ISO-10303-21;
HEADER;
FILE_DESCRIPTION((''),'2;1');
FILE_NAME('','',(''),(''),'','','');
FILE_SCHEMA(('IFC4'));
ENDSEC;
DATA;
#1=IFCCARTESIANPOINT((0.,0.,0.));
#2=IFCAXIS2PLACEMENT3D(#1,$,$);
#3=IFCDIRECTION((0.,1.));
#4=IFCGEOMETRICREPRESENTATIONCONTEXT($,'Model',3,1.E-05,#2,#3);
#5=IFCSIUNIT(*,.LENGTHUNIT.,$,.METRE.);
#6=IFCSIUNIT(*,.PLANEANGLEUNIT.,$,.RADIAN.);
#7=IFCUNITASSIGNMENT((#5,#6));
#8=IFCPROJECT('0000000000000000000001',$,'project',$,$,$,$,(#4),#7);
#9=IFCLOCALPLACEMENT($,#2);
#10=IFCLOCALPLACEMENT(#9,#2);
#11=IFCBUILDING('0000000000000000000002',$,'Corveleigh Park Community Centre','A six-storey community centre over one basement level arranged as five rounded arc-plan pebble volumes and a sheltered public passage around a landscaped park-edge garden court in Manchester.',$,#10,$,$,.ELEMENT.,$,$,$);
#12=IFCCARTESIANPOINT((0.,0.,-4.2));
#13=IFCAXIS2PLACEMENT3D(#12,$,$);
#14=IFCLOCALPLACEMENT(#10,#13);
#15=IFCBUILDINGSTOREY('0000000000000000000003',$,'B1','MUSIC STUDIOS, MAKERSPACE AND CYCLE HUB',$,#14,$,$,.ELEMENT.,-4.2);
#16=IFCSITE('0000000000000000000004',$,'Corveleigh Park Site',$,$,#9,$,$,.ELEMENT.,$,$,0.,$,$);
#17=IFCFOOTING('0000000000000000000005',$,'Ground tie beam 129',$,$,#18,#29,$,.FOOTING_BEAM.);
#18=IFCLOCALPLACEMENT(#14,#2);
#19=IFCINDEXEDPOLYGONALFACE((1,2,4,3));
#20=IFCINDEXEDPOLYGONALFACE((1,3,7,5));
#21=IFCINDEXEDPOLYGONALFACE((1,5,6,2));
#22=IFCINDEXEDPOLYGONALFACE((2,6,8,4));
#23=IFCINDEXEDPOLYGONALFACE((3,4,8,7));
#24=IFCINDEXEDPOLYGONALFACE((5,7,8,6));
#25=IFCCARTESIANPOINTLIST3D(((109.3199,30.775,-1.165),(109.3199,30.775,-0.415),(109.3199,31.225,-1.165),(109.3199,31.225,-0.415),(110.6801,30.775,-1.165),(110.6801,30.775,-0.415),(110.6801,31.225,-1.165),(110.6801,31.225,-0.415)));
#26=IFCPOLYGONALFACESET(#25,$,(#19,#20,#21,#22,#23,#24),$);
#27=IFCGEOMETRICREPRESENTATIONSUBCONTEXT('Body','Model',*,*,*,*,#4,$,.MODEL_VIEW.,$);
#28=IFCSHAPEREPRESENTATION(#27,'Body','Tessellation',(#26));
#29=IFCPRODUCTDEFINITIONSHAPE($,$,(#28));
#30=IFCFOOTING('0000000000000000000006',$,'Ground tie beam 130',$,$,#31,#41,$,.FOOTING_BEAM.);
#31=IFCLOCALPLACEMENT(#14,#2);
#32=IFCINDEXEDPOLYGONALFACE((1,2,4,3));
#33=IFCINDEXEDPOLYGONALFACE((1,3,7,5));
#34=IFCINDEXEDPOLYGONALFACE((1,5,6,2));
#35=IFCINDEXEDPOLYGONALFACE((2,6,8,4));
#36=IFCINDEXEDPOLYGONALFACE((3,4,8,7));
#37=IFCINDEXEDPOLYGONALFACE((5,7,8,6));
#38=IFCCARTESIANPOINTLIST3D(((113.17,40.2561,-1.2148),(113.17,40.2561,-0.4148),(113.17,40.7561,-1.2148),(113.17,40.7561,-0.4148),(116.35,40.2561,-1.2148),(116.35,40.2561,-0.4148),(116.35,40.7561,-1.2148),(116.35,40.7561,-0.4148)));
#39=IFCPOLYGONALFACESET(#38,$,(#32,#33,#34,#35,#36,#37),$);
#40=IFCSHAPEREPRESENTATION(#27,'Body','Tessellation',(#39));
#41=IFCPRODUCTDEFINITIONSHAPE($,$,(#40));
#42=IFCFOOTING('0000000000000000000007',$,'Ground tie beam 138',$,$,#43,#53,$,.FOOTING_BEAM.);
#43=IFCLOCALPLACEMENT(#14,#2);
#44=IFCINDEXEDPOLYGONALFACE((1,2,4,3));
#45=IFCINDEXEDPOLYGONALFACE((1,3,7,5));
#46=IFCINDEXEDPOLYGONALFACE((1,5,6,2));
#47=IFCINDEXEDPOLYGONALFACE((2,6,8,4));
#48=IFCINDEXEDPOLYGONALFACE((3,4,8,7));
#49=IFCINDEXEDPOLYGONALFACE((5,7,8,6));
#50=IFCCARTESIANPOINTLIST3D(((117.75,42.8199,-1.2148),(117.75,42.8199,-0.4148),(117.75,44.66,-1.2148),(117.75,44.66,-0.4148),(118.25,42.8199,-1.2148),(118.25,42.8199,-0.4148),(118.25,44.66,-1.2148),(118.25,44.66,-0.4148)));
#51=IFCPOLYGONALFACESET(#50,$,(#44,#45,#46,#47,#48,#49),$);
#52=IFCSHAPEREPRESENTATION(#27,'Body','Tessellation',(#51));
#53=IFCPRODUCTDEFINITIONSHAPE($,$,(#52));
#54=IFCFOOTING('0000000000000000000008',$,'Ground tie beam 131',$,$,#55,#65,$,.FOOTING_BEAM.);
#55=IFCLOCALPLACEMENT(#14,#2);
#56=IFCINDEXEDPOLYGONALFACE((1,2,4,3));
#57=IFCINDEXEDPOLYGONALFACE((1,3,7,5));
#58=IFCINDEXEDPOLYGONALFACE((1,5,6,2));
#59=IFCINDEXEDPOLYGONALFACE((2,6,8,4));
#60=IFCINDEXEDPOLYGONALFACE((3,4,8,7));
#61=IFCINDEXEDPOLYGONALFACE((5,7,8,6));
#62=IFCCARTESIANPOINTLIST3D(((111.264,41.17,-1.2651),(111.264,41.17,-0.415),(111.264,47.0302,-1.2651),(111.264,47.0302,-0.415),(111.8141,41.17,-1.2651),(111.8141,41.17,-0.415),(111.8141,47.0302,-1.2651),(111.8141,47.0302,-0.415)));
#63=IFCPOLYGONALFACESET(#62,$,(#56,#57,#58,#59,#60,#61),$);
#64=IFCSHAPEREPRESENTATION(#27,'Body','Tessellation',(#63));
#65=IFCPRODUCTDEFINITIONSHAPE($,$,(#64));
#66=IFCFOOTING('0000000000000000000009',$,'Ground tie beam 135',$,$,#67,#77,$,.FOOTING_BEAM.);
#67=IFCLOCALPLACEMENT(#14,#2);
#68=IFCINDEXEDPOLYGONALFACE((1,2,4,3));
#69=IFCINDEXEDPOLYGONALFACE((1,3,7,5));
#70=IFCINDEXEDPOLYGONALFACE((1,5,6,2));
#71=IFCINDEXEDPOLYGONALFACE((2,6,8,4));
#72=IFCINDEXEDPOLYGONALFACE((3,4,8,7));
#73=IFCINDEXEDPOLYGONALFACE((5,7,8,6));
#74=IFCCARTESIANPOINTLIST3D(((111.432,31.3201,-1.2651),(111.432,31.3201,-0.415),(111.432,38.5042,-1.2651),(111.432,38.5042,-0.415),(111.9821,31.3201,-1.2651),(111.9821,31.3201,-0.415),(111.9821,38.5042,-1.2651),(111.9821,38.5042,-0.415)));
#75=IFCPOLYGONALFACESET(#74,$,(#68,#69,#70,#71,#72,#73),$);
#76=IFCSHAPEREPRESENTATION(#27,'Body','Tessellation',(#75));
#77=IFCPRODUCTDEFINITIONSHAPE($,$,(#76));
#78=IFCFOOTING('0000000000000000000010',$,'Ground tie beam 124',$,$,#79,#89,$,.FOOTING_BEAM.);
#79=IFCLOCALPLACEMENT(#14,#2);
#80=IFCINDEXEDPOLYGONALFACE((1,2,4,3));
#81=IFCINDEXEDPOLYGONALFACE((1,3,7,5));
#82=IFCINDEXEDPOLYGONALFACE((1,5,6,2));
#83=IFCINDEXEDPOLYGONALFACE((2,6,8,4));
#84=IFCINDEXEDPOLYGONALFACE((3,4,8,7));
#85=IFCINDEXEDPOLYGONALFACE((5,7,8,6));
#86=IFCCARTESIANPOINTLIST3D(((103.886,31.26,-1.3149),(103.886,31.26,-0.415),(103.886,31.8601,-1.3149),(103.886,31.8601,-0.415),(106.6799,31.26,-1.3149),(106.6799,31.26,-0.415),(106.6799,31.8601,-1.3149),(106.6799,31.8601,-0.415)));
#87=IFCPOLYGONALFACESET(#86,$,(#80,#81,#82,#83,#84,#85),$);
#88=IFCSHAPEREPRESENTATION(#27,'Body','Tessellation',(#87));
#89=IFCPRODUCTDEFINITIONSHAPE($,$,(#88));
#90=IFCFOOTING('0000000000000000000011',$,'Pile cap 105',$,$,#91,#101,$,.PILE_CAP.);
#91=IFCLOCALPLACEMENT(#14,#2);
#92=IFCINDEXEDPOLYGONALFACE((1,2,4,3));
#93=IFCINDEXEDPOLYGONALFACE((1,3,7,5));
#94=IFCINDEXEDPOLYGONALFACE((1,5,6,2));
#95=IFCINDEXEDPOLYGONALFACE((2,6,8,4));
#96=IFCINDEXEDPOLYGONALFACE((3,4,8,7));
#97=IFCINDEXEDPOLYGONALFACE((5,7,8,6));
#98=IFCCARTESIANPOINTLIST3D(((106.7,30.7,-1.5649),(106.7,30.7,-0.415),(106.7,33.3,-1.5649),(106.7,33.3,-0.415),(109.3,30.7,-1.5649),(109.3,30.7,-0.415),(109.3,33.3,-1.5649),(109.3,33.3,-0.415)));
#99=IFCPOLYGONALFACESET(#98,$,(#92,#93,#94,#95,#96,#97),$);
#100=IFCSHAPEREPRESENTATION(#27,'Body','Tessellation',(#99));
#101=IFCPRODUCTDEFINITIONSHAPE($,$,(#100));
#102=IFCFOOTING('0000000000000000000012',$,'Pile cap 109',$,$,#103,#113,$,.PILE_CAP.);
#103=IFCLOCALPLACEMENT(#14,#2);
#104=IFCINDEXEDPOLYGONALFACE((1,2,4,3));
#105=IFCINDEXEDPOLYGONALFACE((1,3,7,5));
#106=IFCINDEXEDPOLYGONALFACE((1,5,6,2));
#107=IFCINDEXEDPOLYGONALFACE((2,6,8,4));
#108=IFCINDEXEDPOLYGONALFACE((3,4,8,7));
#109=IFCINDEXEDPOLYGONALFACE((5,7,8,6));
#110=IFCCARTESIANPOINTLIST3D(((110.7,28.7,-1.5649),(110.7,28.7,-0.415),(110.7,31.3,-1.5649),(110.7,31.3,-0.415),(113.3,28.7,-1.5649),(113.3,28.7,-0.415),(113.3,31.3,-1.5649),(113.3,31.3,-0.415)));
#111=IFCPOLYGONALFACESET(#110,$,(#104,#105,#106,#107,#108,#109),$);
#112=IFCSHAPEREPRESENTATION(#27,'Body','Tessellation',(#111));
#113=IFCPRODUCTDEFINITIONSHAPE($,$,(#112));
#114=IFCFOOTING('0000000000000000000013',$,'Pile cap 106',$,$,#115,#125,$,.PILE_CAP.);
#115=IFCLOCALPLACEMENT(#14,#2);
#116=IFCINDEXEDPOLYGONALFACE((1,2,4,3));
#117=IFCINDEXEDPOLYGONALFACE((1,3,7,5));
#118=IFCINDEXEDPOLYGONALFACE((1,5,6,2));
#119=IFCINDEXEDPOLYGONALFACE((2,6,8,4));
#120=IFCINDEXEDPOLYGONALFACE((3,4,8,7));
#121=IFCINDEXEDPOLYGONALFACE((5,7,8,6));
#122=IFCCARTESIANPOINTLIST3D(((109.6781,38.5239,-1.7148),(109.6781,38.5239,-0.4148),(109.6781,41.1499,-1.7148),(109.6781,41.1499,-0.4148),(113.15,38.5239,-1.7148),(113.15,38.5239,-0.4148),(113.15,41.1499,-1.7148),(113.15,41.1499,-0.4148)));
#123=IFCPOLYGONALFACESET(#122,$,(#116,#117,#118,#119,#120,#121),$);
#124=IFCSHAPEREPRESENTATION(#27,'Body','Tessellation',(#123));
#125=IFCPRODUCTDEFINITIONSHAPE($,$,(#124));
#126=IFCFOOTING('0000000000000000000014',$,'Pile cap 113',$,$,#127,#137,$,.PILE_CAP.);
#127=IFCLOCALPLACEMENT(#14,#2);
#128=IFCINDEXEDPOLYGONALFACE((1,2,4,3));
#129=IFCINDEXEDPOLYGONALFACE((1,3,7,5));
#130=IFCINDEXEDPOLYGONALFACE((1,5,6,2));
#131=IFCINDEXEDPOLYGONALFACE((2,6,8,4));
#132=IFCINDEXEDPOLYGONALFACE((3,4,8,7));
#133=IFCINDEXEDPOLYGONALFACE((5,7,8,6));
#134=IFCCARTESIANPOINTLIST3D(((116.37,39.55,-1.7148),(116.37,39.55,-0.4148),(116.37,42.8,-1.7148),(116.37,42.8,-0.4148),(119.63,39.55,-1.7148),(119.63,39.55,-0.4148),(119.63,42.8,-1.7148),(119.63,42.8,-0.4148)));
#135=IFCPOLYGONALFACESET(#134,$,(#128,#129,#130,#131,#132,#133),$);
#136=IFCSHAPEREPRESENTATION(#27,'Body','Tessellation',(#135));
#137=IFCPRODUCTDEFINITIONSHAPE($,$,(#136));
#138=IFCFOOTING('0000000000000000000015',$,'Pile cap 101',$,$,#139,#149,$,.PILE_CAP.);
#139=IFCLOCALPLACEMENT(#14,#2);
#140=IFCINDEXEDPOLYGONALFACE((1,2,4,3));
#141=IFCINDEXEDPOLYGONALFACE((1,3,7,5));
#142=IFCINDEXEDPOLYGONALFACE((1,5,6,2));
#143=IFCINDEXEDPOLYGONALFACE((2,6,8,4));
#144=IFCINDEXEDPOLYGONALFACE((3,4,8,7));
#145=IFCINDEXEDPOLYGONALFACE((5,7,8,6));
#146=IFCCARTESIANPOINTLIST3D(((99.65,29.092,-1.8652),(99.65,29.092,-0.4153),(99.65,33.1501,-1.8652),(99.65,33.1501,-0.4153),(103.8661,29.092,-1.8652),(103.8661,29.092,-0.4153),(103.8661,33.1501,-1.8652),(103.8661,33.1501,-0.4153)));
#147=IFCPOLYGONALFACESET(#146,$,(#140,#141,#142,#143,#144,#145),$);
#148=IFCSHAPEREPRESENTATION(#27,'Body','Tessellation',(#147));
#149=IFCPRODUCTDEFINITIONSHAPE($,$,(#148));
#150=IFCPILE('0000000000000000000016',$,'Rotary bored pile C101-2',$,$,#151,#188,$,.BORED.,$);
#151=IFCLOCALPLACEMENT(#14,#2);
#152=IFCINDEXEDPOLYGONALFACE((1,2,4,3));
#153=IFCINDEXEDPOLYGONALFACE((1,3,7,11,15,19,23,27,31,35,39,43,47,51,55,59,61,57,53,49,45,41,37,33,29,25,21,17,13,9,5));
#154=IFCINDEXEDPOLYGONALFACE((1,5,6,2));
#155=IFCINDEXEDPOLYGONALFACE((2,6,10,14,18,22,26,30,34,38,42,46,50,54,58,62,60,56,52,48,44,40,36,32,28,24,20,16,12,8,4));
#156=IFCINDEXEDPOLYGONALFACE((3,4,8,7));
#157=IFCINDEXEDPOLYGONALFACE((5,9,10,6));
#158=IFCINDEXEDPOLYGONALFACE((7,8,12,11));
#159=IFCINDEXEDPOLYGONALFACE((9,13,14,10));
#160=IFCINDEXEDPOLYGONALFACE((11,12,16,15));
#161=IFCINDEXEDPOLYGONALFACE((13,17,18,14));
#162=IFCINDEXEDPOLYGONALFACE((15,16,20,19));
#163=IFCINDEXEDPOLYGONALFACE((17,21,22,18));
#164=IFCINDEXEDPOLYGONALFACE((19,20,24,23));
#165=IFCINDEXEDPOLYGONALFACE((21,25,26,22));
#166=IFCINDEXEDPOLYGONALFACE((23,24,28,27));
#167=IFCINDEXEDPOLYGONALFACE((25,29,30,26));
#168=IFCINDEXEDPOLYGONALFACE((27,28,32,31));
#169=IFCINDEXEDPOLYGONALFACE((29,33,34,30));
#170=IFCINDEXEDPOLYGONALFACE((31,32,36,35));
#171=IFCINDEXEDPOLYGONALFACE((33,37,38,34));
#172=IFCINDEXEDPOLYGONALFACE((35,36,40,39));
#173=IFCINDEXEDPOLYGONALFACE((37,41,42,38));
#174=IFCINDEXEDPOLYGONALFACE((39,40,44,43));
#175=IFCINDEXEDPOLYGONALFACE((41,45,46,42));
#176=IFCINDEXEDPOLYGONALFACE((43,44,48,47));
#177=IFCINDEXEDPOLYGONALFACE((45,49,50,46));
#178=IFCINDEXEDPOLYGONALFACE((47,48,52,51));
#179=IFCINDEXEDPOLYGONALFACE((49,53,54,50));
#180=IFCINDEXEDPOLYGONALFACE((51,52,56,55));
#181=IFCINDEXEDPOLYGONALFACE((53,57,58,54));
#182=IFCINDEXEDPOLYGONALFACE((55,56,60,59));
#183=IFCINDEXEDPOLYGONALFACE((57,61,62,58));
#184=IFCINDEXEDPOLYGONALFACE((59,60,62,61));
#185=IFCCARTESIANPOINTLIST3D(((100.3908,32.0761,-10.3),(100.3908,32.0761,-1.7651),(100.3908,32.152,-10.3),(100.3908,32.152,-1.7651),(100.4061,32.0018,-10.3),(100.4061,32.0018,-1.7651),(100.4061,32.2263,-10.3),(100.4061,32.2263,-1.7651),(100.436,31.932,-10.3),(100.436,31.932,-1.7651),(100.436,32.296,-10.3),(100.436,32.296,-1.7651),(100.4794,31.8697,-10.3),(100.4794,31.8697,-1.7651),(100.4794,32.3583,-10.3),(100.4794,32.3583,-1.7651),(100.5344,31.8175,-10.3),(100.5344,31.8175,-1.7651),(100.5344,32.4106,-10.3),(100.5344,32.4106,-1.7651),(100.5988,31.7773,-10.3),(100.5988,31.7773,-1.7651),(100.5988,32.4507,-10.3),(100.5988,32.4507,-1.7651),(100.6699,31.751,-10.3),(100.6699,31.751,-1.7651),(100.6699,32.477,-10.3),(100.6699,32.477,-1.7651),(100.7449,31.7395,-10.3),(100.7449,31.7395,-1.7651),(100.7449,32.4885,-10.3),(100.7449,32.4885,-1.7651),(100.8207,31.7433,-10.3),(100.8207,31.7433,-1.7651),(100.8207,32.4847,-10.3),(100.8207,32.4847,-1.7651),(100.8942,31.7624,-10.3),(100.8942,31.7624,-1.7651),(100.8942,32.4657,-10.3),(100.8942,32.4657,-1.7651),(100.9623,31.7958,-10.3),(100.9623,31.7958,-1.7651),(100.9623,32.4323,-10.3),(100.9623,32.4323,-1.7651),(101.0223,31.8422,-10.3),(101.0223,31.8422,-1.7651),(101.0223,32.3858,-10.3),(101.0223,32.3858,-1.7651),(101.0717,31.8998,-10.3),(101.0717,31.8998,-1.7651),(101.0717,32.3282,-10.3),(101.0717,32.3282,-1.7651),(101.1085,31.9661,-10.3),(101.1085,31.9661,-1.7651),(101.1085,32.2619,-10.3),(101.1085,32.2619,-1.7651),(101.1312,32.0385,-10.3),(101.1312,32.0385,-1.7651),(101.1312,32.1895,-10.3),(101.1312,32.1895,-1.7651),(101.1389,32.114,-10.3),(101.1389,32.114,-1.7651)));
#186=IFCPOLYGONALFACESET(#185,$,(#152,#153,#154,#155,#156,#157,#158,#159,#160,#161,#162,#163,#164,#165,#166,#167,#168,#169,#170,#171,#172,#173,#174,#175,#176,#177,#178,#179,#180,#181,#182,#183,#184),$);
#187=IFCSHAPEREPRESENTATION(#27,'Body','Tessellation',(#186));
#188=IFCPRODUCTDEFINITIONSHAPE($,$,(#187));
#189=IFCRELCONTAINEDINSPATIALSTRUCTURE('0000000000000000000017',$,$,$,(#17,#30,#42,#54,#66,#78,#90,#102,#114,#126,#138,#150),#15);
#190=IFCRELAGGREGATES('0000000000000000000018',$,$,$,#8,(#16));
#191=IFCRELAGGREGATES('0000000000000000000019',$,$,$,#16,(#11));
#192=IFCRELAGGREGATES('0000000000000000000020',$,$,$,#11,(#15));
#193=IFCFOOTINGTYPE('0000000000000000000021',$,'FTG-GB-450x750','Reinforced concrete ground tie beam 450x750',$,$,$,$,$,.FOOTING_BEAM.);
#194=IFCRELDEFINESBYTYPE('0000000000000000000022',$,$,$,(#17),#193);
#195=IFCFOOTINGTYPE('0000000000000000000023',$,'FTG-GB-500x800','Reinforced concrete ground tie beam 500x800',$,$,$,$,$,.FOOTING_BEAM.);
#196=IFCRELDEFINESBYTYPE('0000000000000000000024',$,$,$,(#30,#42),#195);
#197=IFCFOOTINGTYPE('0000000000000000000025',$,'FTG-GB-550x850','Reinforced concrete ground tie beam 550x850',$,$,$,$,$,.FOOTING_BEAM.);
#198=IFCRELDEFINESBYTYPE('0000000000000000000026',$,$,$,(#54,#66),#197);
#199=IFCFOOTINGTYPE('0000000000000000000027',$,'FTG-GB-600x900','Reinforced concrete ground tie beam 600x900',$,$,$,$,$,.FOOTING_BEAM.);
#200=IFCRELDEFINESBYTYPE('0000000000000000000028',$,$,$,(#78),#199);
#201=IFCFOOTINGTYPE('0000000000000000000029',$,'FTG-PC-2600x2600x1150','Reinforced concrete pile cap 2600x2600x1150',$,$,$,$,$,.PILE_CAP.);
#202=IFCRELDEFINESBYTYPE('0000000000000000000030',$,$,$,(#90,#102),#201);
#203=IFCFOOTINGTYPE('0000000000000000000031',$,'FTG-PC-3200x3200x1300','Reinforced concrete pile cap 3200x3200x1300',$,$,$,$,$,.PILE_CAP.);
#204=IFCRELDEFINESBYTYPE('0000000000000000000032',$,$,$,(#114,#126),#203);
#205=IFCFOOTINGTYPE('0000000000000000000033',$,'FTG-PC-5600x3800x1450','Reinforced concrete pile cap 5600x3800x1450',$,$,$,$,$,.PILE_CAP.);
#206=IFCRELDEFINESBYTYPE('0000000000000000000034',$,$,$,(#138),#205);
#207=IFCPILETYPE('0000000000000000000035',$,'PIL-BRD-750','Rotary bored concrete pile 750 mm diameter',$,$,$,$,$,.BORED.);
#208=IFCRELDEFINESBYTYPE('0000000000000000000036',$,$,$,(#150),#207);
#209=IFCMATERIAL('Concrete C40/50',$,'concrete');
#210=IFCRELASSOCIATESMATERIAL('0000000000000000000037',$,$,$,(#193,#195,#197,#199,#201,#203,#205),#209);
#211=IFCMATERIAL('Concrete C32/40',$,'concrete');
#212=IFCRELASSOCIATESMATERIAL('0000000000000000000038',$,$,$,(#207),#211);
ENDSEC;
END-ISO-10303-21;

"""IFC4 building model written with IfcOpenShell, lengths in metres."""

from ifc_helpers import new_model, si_unit, direction, frame, origin, origin_2d, place, context, subcontext, project, spatial, rectangle, circle, extrude, material, material_profile, profile_set, type_object, element, save


model = new_model("IFC4")

# Units and contexts
model_context = context("Model", 3, precision=1e-05, world=origin(), true_north=direction((0.0, 1.0)))
body_context = subcontext(model_context, "Body", "Model", "MODEL_VIEW")
ifc_project = project(units=[si_unit("LENGTHUNIT", "METRE"), si_unit("PLANEANGLEUNIT", "RADIAN")], contexts=[model_context])

# Site, building, storey
site_placement = place(None, origin())
site = spatial("IfcSite", under=ifc_project, at=site_placement, Name="Corveleigh Park Site", CompositionType="ELEMENT", RefElevation=0.0)
building_placement = place(site_placement, origin())
building = spatial("IfcBuilding", under=site, at=building_placement, Name="Corveleigh Park Community Centre", Description="A six-storey community centre over one basement level arranged as five rounded arc-plan pebble volumes and a sheltered public passage around a landscaped park-edge garden court in Manchester.", CompositionType="ELEMENT")
storey_placement = place(building_placement, frame((0.0, 0.0, -4.2)))
storey = spatial("IfcBuildingStorey", under=building, at=storey_placement, Name="B1", Description="MUSIC STUDIOS, MAKERSPACE AND CYCLE HUB", CompositionType="ELEMENT", Elevation=-4.2)

# Footings
ifc_material_1 = material(Name="Concrete C40/50", Category="concrete")
footing_type_1 = type_object("IfcFootingType", Name="FTG-GB-450x750", Description="Reinforced concrete ground tie beam 450x750", PredefinedType="FOOTING_BEAM", material=ifc_material_1)
footing_1_placement = place(storey_placement, frame((110.0, 31.0, -1.165), z_axis=(0.0, 0.0, 1.0), x_axis=(1.0, 0.0, 0.0)))
element("IfcFooting", 1, at=footing_1_placement, inside=storey, type_object=footing_type_1, Name="Ground tie beam 129", PredefinedType="FOOTING_BEAM", context=body_context, shape_type="SweptSolid", body=[
    extrude(rectangle(XDim=1.3601, YDim=0.45, at=origin_2d()), origin(), (0.0, 0.0, 1.0), 0.75),
])
footing_type_2 = type_object("IfcFootingType", Name="FTG-GB-500x800", Description="Reinforced concrete ground tie beam 500x800", PredefinedType="FOOTING_BEAM", material=ifc_material_1)
footing_2_placement = place(storey_placement, frame((114.76, 40.5061, -1.2148), z_axis=(0.0, 0.0, 1.0), x_axis=(1.0, 0.0, 0.0)))
element("IfcFooting", 2, at=footing_2_placement, inside=storey, type_object=footing_type_2, Name="Ground tie beam 130", PredefinedType="FOOTING_BEAM", context=body_context, shape_type="SweptSolid", body=[
    extrude(rectangle(XDim=3.1799, YDim=0.5, at=origin_2d()), origin(), (0.0, 0.0, 1.0), 0.8),
])
footing_3_placement = place(storey_placement, frame((118.0, 43.74, -1.2148), z_axis=(0.0, 0.0, 1.0), x_axis=(1.0, 0.0, 0.0)))
element("IfcFooting", 3, at=footing_3_placement, inside=storey, type_object=footing_type_2, Name="Ground tie beam 138", PredefinedType="FOOTING_BEAM", context=body_context, shape_type="SweptSolid", body=[
    extrude(rectangle(XDim=0.5, YDim=1.8401, at=origin_2d()), origin(), (0.0, 0.0, 1.0), 0.8),
])
footing_type_3 = type_object("IfcFootingType", Name="FTG-GB-550x850", Description="Reinforced concrete ground tie beam 550x850", PredefinedType="FOOTING_BEAM", material=ifc_material_1)
footing_4_placement = place(storey_placement, frame((111.5391, 44.1001, -1.2651), z_axis=(0.0, 0.0, 1.0), x_axis=(1.0, 0.0, 0.0)))
element("IfcFooting", 4, at=footing_4_placement, inside=storey, type_object=footing_type_3, Name="Ground tie beam 131", PredefinedType="FOOTING_BEAM", context=body_context, shape_type="SweptSolid", body=[
    extrude(rectangle(XDim=0.55, YDim=5.8601, at=origin_2d()), origin(), (0.0, 0.0, 1.0), 0.8501),
])
footing_5_placement = place(storey_placement, frame((111.707, 34.9121, -1.2651), z_axis=(0.0, 0.0, 1.0), x_axis=(1.0, 0.0, 0.0)))
element("IfcFooting", 5, at=footing_5_placement, inside=storey, type_object=footing_type_3, Name="Ground tie beam 135", PredefinedType="FOOTING_BEAM", context=body_context, shape_type="SweptSolid", body=[
    extrude(rectangle(XDim=0.55, YDim=7.1841, at=origin_2d()), origin(), (0.0, 0.0, 1.0), 0.8501),
])
footing_type_4 = type_object("IfcFootingType", Name="FTG-GB-600x900", Description="Reinforced concrete ground tie beam 600x900", PredefinedType="FOOTING_BEAM", material=ifc_material_1)
footing_6_placement = place(storey_placement, frame((105.283, 31.5601, -1.3149), z_axis=(0.0, 0.0, 1.0), x_axis=(1.0, 0.0, 0.0)))
element("IfcFooting", 6, at=footing_6_placement, inside=storey, type_object=footing_type_4, Name="Ground tie beam 124", PredefinedType="FOOTING_BEAM", context=body_context, shape_type="SweptSolid", body=[
    extrude(rectangle(XDim=2.7939, YDim=0.6001, at=origin_2d()), origin(), (0.0, 0.0, 1.0), 0.8999),
])
footing_type_5 = type_object("IfcFootingType", Name="FTG-PC-2600x2600x1150", Description="Reinforced concrete pile cap 2600x2600x1150", PredefinedType="PILE_CAP", material=ifc_material_1)
for number, where, z_axis, x_axis, name in (
    (7, (108.0, 32.0, -1.5649), (0.0, 0.0, 1.0), (1.0, 0.0, 0.0), "Pile cap 105"),
    (8, (112.0, 30.0, -1.5649), (0.0, 0.0, 1.0), (1.0, 0.0, 0.0), "Pile cap 109"),
):
    element("IfcFooting", number, at=place(storey_placement, frame(where, z_axis=z_axis, x_axis=x_axis)), inside=storey, type_object=footing_type_5, Name=name, PredefinedType="PILE_CAP", context=body_context, shape_type="SweptSolid", body=[
        extrude(rectangle(XDim=2.6001, YDim=2.6001, at=origin_2d()), origin(), (0.0, 0.0, 1.0), 1.1499),
    ])
footing_type_6 = type_object("IfcFootingType", Name="FTG-PC-3200x3200x1300", Description="Reinforced concrete pile cap 3200x3200x1300", PredefinedType="PILE_CAP", material=ifc_material_1)
footing_7_placement = place(storey_placement, frame((111.4141, 39.8369, -1.7148), z_axis=(0.0, 0.0, 1.0), x_axis=(1.0, 0.0, 0.0)))
element("IfcFooting", 9, at=footing_7_placement, inside=storey, type_object=footing_type_6, Name="Pile cap 106", PredefinedType="PILE_CAP", context=body_context, shape_type="SweptSolid", body=[
    extrude(rectangle(XDim=3.4719, YDim=2.626, at=origin_2d()), origin(), (0.0, 0.0, 1.0), 1.3),
])
footing_8_placement = place(storey_placement, frame((118.0, 41.175, -1.7148), z_axis=(0.0, 0.0, 1.0), x_axis=(1.0, 0.0, 0.0)))
element("IfcFooting", 10, at=footing_8_placement, inside=storey, type_object=footing_type_6, Name="Pile cap 113", PredefinedType="PILE_CAP", context=body_context, shape_type="SweptSolid", body=[
    extrude(rectangle(XDim=3.26, YDim=3.25, at=origin_2d()), origin(), (0.0, 0.0, 1.0), 1.3),
])
footing_type_7 = type_object("IfcFootingType", Name="FTG-PC-5600x3800x1450", Description="Reinforced concrete pile cap 5600x3800x1450", PredefinedType="PILE_CAP", material=ifc_material_1)
footing_9_placement = place(storey_placement, frame((101.7581, 31.1211, -1.8652), z_axis=(0.0, 0.0, 1.0), x_axis=(1.0, 0.0, 0.0)))
element("IfcFooting", 11, at=footing_9_placement, inside=storey, type_object=footing_type_7, Name="Pile cap 101", PredefinedType="PILE_CAP", context=body_context, shape_type="SweptSolid", body=[
    extrude(rectangle(XDim=4.2161, YDim=4.0581, at=origin_2d()), origin(), (0.0, 0.0, 1.0), 1.45),
])

# Pile
ifc_material_2 = material(Name="Concrete C32/40", Category="concrete")
ifc_material_profile_1 = material_profile(ifc_material_2, circle(Radius=0.375, at=origin_2d()), Name="BORED-PILE-750", Category="concrete")
ifc_profile_set_1 = profile_set([ifc_material_profile_1], Name="Concrete C32/40")
pile_type = type_object("IfcPileType", Name="PIL-BRD-750", Description="Rotary bored concrete pile 750 mm diameter", PredefinedType="BORED", material=ifc_profile_set_1)
for number, where, z_axis, x_axis, name in (
    (12, (100.7639, 32.114, -1.7651), (0.0, 0.0, -1.0), (1.0, 0.0, 0.0), "Rotary bored pile C101-2"),
):
    element("IfcPile", number, at=place(storey_placement, frame(where, z_axis=z_axis, x_axis=x_axis)), inside=storey, type_object=pile_type, Name=name, PredefinedType="BORED", context=body_context, shape_type="SweptSolid", body=[
        extrude(circle(Radius=0.375, at=origin_2d()), origin(), (0.0, 0.0, 1.0), 8.5349),
    ])

save(model, "model.ifc")
